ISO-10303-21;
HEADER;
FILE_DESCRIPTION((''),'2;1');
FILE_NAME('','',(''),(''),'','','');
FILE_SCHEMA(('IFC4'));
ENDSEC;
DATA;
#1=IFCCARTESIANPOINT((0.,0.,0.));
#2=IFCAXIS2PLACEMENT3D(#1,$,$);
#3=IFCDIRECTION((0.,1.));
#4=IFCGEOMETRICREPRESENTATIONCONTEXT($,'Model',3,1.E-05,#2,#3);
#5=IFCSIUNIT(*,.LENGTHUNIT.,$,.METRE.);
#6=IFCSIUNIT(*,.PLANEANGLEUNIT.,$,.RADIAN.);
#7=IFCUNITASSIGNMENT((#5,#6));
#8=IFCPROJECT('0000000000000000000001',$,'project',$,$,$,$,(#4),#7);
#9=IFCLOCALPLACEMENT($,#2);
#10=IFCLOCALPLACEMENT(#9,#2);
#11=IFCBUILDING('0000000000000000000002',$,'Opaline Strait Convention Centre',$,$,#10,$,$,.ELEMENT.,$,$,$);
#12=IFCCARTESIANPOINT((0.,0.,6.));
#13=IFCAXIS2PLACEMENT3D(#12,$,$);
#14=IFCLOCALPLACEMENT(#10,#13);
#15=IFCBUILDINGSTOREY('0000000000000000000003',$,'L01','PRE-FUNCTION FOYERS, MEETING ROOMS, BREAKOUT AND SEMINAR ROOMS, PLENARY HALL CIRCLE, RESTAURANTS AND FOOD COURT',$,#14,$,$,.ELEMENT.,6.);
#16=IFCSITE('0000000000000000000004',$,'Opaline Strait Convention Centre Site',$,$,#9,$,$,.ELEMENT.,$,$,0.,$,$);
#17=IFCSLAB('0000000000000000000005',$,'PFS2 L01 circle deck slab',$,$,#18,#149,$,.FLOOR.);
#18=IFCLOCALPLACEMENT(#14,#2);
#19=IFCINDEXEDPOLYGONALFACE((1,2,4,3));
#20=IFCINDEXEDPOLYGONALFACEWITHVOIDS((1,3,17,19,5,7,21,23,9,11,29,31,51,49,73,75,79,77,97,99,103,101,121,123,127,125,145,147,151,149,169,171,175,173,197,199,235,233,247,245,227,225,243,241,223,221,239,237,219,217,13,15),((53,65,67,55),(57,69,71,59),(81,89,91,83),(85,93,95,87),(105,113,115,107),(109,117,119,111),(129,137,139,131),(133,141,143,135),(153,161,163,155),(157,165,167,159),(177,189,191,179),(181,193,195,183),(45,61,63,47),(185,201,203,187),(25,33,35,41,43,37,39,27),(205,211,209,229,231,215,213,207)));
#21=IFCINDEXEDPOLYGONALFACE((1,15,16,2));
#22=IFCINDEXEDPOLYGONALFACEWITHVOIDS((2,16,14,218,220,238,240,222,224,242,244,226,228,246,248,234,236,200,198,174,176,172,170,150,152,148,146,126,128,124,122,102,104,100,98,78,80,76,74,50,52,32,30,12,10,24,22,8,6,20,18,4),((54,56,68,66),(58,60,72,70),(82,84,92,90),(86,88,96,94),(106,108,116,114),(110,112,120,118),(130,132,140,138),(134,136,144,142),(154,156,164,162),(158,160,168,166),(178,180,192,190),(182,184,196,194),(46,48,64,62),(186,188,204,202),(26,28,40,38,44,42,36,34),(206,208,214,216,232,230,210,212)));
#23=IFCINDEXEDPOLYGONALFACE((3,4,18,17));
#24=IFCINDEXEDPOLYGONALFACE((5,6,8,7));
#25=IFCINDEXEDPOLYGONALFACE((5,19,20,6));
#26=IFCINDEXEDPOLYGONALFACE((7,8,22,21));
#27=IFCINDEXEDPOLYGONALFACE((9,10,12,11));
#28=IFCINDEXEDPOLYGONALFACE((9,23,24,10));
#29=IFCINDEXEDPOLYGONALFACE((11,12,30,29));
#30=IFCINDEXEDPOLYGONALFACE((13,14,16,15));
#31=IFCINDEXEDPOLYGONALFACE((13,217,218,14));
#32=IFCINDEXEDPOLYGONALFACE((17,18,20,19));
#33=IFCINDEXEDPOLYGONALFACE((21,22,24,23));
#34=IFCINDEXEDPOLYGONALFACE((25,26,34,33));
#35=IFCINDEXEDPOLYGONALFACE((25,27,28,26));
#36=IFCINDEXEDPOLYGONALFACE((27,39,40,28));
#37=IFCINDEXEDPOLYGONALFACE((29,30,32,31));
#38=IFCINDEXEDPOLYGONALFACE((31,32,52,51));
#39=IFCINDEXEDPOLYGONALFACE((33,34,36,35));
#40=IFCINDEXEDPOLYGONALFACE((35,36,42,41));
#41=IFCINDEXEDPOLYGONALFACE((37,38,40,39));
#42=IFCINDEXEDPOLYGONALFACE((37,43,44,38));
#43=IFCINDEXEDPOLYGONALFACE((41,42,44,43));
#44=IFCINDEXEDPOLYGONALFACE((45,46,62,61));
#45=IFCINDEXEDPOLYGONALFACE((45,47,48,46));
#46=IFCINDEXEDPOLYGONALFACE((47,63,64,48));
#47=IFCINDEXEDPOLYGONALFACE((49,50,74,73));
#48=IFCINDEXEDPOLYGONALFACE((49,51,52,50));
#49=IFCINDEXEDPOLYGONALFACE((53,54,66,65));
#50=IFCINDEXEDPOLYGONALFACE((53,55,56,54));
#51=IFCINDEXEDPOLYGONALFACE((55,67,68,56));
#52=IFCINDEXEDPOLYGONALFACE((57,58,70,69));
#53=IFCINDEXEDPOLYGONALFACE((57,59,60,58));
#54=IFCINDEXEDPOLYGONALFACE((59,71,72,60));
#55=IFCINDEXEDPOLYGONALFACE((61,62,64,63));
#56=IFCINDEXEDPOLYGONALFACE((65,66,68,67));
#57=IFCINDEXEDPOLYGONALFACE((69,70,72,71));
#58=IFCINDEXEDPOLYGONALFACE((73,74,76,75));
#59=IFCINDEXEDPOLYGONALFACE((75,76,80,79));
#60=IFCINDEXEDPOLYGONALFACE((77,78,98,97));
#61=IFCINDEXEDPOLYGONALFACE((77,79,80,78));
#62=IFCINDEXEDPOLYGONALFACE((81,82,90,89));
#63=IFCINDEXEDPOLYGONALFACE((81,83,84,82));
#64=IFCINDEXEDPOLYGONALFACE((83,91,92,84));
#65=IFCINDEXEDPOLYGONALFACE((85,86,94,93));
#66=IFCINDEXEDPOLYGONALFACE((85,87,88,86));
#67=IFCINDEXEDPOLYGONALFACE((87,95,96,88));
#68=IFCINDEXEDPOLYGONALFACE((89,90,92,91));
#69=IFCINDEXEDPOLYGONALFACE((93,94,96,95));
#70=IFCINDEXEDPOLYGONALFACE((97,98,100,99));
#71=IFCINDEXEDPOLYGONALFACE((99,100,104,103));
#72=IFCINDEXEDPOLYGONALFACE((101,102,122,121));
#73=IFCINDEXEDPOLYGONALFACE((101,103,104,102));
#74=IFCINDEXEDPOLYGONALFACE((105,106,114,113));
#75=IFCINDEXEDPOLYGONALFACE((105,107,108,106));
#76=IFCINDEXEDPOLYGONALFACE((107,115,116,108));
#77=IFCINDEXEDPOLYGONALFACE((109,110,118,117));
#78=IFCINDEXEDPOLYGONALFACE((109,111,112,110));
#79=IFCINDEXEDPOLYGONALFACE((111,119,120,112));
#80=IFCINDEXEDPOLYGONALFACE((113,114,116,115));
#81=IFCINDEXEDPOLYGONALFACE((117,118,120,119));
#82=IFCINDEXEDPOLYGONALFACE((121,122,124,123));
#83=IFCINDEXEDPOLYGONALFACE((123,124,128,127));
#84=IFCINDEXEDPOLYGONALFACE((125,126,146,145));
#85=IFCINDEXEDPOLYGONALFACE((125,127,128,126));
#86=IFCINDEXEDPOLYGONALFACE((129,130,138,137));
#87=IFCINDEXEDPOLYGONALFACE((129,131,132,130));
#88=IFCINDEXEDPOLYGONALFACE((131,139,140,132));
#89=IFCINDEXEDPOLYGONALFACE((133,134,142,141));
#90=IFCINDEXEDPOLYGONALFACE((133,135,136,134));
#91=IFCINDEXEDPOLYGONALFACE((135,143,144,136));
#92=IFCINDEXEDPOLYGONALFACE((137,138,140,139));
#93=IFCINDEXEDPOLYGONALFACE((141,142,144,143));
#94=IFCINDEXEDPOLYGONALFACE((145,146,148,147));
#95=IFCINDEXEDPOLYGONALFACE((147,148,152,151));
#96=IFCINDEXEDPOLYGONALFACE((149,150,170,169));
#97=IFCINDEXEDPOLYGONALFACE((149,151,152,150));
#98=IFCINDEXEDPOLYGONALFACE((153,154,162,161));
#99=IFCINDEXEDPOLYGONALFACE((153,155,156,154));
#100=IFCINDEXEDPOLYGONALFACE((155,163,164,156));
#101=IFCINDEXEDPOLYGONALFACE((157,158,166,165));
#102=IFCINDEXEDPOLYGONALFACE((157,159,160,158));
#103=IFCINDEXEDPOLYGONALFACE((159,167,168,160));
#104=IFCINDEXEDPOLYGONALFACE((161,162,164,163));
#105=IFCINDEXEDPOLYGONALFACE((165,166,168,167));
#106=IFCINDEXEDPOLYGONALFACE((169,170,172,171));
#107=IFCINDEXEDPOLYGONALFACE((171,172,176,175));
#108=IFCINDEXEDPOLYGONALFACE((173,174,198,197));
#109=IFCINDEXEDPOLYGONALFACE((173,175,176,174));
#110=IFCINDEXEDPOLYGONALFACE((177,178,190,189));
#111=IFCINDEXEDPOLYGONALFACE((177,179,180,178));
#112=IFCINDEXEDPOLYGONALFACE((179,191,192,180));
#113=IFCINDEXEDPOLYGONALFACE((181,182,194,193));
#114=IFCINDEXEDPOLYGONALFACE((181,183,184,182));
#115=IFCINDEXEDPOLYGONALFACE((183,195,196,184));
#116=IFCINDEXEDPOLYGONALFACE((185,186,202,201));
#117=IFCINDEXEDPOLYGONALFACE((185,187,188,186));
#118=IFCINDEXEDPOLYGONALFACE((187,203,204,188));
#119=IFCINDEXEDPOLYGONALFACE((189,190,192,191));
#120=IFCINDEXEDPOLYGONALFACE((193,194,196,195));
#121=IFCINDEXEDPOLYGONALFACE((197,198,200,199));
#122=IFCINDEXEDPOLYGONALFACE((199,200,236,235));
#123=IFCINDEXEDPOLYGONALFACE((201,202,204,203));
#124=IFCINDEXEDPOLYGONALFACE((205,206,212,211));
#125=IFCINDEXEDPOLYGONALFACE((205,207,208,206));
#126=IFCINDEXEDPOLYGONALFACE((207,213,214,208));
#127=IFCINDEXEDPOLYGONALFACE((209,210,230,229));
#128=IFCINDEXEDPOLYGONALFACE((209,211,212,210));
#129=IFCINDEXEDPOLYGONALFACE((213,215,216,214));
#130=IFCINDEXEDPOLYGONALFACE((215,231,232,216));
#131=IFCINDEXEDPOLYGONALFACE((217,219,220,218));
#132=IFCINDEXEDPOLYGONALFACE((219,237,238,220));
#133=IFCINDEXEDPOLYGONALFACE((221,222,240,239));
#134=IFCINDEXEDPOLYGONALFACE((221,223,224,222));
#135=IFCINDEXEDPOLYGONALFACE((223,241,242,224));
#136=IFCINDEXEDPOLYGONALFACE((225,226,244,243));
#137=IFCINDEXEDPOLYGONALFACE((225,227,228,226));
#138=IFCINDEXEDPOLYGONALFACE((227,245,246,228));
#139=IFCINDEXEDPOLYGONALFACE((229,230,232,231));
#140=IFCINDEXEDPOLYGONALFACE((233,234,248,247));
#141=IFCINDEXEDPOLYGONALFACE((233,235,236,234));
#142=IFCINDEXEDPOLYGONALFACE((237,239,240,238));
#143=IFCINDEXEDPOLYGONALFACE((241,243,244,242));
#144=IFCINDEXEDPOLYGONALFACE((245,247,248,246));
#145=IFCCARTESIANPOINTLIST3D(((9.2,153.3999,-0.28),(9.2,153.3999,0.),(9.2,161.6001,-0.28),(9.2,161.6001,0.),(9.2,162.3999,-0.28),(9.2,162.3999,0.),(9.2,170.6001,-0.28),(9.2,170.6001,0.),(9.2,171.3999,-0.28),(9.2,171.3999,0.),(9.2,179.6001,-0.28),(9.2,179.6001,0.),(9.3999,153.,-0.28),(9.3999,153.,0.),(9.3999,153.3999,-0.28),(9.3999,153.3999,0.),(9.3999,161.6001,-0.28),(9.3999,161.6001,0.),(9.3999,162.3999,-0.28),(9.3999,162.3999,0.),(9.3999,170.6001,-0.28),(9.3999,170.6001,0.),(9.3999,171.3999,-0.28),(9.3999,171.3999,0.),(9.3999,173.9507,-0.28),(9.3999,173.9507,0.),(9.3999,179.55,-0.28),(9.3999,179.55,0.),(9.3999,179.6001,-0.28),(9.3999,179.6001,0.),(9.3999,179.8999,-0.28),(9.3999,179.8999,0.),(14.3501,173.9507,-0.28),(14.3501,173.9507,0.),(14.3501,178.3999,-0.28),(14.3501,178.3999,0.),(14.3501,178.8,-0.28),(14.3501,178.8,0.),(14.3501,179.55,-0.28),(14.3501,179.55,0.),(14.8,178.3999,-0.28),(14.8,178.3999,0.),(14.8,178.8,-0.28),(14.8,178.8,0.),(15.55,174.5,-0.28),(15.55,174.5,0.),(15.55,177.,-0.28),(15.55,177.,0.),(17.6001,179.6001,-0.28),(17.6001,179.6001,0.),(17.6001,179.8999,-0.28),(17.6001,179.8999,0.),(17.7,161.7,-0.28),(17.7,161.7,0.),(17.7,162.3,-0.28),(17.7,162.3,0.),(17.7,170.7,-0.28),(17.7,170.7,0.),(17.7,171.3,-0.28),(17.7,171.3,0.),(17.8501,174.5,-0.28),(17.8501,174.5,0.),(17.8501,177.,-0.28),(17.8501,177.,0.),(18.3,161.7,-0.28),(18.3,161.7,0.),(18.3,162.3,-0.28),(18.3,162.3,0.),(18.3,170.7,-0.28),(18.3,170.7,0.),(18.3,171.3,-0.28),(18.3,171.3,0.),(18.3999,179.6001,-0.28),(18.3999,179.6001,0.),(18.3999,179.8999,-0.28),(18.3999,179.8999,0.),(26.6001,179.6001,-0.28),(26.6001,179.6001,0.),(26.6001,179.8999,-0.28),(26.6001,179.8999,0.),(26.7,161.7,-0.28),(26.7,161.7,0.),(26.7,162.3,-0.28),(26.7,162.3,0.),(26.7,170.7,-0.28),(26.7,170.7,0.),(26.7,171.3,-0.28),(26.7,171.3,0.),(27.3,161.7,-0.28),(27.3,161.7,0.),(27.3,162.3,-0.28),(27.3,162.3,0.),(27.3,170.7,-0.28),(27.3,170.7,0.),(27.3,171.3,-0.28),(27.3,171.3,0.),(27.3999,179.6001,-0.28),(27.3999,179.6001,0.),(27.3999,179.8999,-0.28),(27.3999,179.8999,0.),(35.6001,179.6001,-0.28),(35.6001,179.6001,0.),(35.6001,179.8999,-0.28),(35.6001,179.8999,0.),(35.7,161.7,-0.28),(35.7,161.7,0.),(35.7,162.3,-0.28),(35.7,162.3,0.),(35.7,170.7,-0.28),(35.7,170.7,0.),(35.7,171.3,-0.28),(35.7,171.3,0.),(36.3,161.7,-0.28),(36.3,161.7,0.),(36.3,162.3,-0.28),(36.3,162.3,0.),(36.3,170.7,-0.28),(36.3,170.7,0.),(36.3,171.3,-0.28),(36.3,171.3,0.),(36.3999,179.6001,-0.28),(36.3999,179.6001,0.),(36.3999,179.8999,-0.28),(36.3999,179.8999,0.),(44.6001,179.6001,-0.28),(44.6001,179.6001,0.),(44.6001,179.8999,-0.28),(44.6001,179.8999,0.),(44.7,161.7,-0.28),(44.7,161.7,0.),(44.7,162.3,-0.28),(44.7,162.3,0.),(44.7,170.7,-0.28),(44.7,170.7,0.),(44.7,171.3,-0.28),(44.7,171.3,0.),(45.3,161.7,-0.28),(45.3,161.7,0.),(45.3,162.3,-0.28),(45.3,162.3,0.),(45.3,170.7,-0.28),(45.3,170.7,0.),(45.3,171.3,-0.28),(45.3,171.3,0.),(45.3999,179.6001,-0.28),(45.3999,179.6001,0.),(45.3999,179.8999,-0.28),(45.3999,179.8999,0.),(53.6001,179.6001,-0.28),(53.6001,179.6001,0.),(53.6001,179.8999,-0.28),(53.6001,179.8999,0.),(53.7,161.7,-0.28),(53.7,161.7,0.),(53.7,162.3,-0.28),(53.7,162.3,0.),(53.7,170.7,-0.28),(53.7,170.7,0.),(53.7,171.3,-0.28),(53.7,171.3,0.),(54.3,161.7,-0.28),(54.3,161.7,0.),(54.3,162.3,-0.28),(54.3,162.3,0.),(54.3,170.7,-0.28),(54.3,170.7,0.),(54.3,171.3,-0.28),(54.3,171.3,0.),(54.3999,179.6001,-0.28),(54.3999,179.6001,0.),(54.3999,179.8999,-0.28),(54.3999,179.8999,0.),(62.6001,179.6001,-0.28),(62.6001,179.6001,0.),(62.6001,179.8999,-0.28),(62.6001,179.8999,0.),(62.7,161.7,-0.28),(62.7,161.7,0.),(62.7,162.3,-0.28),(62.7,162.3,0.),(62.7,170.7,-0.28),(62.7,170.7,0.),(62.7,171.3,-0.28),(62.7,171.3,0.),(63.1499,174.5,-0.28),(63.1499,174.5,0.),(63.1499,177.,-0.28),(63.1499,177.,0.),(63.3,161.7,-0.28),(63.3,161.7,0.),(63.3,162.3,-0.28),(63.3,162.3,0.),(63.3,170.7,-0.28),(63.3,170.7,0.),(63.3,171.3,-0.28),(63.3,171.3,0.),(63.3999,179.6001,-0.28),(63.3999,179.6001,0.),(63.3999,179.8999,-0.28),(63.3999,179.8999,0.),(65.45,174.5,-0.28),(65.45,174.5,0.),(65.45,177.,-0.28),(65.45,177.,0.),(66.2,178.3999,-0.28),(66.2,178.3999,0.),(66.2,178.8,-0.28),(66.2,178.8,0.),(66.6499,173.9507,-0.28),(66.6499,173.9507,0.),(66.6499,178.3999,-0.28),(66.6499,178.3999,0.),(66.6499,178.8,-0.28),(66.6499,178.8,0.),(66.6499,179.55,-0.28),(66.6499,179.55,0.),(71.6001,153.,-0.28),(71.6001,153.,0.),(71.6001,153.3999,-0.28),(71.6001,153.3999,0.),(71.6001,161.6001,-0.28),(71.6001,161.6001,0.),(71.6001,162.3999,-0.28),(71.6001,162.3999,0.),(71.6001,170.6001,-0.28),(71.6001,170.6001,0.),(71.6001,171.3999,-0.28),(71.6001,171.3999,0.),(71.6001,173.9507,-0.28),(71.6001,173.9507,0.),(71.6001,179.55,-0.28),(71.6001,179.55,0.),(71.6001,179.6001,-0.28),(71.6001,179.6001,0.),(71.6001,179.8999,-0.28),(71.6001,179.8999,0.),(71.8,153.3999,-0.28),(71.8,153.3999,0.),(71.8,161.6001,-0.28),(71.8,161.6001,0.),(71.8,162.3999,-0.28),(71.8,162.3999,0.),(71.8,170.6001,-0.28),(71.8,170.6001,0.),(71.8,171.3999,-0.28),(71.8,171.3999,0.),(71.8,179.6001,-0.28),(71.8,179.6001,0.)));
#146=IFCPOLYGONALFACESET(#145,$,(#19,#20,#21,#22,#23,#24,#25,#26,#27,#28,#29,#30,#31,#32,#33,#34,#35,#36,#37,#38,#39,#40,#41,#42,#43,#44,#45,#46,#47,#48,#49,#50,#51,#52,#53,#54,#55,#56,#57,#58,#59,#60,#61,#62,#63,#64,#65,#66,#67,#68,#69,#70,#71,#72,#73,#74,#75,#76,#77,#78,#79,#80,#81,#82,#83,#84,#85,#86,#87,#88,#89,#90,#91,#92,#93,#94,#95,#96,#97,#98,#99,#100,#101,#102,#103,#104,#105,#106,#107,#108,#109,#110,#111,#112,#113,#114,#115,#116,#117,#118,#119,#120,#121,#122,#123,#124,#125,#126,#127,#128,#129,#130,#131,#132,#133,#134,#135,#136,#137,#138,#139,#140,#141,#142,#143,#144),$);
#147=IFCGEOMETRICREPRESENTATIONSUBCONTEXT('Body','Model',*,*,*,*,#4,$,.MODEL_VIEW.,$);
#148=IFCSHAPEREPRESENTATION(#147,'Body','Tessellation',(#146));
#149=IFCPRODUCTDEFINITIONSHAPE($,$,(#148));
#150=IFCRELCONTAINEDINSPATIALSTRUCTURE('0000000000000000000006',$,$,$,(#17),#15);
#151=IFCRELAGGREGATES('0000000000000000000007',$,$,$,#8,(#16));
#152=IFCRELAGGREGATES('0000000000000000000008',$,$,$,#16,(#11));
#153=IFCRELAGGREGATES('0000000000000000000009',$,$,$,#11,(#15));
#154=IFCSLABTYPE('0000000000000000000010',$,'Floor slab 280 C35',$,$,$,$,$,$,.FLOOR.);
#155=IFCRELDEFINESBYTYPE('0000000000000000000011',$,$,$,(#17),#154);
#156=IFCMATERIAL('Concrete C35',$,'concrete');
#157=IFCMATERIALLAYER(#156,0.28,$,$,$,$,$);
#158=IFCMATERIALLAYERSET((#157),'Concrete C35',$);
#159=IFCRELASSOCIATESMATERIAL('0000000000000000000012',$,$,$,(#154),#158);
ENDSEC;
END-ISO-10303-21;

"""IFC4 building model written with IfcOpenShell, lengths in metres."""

from ifc_helpers import new_model, si_unit, direction, frame, origin, place, context, subcontext, project, spatial, polyline, outline, extrude, material, layer, layer_set, type_object, element, save


model = new_model("IFC4")

# Units and contexts
model_context = context("Model", 3, precision=1e-05, world=origin(), true_north=direction((0.0, 1.0)))
body_context = subcontext(model_context, "Body", "Model", "MODEL_VIEW")
ifc_project = project(units=[si_unit("LENGTHUNIT", "METRE"), si_unit("PLANEANGLEUNIT", "RADIAN")], contexts=[model_context])

# Site, building, storey
site_placement = place(None, origin())
site = spatial("IfcSite", under=ifc_project, at=site_placement, Name="Opaline Strait Convention Centre Site", CompositionType="ELEMENT", RefElevation=0.0)
building_placement = place(site_placement, origin())
building = spatial("IfcBuilding", under=site, at=building_placement, Name="Opaline Strait Convention Centre", CompositionType="ELEMENT")
storey_placement = place(building_placement, frame((0.0, 0.0, 6.0)))
storey = spatial("IfcBuildingStorey", under=building, at=storey_placement, Name="L01", Description="PRE-FUNCTION FOYERS, MEETING ROOMS, BREAKOUT AND SEMINAR ROOMS, PLENARY HALL CIRCLE, RESTAURANTS AND FOOD COURT", CompositionType="ELEMENT", Elevation=6.0)

# Slab
ifc_material_1 = material(Name="Concrete C35", Category="concrete")
ifc_layer_1 = layer(ifc_material_1, 0.28)
ifc_layer_set_1 = layer_set([ifc_layer_1], Name="Concrete C35")
slab_type_1 = type_object("IfcSlabType", Name="Floor slab 280 C35", PredefinedType="FLOOR", material=ifc_layer_set_1)
slab_1_placement = place(storey_placement, frame((0.0, 0.0, -0.28)))
element("IfcSlab", 1, at=slab_1_placement, inside=storey, type_object=slab_type_1, Name="PFS2 L01 circle deck slab", PredefinedType="FLOOR", context=body_context, shape_type="SweptSolid", body=[
    extrude(outline(polyline([(17.6001, 179.8999), (17.6001, 179.6001), (18.3999, 179.6001), (18.3999, 179.8999), (26.6001, 179.8999), (26.6001, 179.6001), (27.3999, 179.6001), (27.3999, 179.8999), (35.6001, 179.8999), (35.6001, 179.6001), (36.3999, 179.6001), (36.3999, 179.8999), (44.6001, 179.8999), (44.6001, 179.6001), (45.3999, 179.6001), (45.3999, 179.8999), (53.6001, 179.8999), (53.6001, 179.6001), (54.3999, 179.6001), (54.3999, 179.8999), (62.6001, 179.8999), (62.6001, 179.6001), (63.3999, 179.6001), (63.3999, 179.8999), (71.6001, 179.8999), (71.6001, 179.6001), (71.8, 179.6001), (71.8, 171.3999), (71.6001, 171.3999), (71.6001, 170.6001), (71.8, 170.6001), (71.8, 162.3999), (71.6001, 162.3999), (71.6001, 161.6001), (71.8, 161.6001), (71.8, 153.3999), (71.6001, 153.3999), (71.6001, 153.0), (9.3999, 153.0), (9.3999, 153.3999), (9.2, 153.3999), (9.2, 161.6001), (9.3999, 161.6001), (9.3999, 162.3999), (9.2, 162.3999), (9.2, 170.6001), (9.3999, 170.6001), (9.3999, 171.3999), (9.2, 171.3999), (9.2, 179.6001), (9.3999, 179.6001), (9.3999, 179.8999), (17.6001, 179.8999)]), holes=[polyline([(14.3501, 178.3999), (14.8, 178.3999), (14.8, 178.8), (14.3501, 178.8), (14.3501, 179.55), (9.3999, 179.55), (9.3999, 173.9507), (14.3501, 173.9507), (14.3501, 178.3999)]), polyline([(71.6001, 173.9507), (71.6001, 179.55), (66.6499, 179.55), (66.6499, 178.8), (66.2, 178.8), (66.2, 178.3999), (66.6499, 178.3999), (66.6499, 173.9507), (71.6001, 173.9507)]), polyline([(15.55, 174.5), (17.8501, 174.5), (17.8501, 177.0), (15.55, 177.0), (15.55, 174.5)]), polyline([(63.1499, 177.0), (63.1499, 174.5), (65.45, 174.5), (65.45, 177.0), (63.1499, 177.0)]), polyline([(18.3, 161.7), (18.3, 162.3), (17.7, 162.3), (17.7, 161.7), (18.3, 161.7)]), polyline([(26.7, 161.7), (27.3, 161.7), (27.3, 162.3), (26.7, 162.3), (26.7, 161.7)]), polyline([(18.3, 170.7), (18.3, 171.3), (17.7, 171.3), (17.7, 170.7), (18.3, 170.7)]), polyline([(35.7, 161.7), (36.3, 161.7), (36.3, 162.3), (35.7, 162.3), (35.7, 161.7)]), polyline([(53.7, 161.7), (54.3, 161.7), (54.3, 162.3), (53.7, 162.3), (53.7, 161.7)]), polyline([(45.3, 161.7), (45.3, 162.3), (44.7, 162.3), (44.7, 161.7), (45.3, 161.7)]), polyline([(26.7, 170.7), (27.3, 170.7), (27.3, 171.3), (26.7, 171.3), (26.7, 170.7)]), polyline([(53.7, 170.7), (54.3, 170.7), (54.3, 171.3), (53.7, 171.3), (53.7, 170.7)]), polyline([(45.3, 170.7), (45.3, 171.3), (44.7, 171.3), (44.7, 170.7), (45.3, 170.7)]), polyline([(35.7, 170.7), (36.3, 170.7), (36.3, 171.3), (35.7, 171.3), (35.7, 170.7)]), polyline([(63.3, 161.7), (63.3, 162.3), (62.7, 162.3), (62.7, 161.7), (63.3, 161.7)]), polyline([(62.7, 170.7), (63.3, 170.7), (63.3, 171.3), (62.7, 171.3), (62.7, 170.7)])]), origin(), (0.0, 0.0, 1.0), 0.28),
])

save(model, "model.ifc")
